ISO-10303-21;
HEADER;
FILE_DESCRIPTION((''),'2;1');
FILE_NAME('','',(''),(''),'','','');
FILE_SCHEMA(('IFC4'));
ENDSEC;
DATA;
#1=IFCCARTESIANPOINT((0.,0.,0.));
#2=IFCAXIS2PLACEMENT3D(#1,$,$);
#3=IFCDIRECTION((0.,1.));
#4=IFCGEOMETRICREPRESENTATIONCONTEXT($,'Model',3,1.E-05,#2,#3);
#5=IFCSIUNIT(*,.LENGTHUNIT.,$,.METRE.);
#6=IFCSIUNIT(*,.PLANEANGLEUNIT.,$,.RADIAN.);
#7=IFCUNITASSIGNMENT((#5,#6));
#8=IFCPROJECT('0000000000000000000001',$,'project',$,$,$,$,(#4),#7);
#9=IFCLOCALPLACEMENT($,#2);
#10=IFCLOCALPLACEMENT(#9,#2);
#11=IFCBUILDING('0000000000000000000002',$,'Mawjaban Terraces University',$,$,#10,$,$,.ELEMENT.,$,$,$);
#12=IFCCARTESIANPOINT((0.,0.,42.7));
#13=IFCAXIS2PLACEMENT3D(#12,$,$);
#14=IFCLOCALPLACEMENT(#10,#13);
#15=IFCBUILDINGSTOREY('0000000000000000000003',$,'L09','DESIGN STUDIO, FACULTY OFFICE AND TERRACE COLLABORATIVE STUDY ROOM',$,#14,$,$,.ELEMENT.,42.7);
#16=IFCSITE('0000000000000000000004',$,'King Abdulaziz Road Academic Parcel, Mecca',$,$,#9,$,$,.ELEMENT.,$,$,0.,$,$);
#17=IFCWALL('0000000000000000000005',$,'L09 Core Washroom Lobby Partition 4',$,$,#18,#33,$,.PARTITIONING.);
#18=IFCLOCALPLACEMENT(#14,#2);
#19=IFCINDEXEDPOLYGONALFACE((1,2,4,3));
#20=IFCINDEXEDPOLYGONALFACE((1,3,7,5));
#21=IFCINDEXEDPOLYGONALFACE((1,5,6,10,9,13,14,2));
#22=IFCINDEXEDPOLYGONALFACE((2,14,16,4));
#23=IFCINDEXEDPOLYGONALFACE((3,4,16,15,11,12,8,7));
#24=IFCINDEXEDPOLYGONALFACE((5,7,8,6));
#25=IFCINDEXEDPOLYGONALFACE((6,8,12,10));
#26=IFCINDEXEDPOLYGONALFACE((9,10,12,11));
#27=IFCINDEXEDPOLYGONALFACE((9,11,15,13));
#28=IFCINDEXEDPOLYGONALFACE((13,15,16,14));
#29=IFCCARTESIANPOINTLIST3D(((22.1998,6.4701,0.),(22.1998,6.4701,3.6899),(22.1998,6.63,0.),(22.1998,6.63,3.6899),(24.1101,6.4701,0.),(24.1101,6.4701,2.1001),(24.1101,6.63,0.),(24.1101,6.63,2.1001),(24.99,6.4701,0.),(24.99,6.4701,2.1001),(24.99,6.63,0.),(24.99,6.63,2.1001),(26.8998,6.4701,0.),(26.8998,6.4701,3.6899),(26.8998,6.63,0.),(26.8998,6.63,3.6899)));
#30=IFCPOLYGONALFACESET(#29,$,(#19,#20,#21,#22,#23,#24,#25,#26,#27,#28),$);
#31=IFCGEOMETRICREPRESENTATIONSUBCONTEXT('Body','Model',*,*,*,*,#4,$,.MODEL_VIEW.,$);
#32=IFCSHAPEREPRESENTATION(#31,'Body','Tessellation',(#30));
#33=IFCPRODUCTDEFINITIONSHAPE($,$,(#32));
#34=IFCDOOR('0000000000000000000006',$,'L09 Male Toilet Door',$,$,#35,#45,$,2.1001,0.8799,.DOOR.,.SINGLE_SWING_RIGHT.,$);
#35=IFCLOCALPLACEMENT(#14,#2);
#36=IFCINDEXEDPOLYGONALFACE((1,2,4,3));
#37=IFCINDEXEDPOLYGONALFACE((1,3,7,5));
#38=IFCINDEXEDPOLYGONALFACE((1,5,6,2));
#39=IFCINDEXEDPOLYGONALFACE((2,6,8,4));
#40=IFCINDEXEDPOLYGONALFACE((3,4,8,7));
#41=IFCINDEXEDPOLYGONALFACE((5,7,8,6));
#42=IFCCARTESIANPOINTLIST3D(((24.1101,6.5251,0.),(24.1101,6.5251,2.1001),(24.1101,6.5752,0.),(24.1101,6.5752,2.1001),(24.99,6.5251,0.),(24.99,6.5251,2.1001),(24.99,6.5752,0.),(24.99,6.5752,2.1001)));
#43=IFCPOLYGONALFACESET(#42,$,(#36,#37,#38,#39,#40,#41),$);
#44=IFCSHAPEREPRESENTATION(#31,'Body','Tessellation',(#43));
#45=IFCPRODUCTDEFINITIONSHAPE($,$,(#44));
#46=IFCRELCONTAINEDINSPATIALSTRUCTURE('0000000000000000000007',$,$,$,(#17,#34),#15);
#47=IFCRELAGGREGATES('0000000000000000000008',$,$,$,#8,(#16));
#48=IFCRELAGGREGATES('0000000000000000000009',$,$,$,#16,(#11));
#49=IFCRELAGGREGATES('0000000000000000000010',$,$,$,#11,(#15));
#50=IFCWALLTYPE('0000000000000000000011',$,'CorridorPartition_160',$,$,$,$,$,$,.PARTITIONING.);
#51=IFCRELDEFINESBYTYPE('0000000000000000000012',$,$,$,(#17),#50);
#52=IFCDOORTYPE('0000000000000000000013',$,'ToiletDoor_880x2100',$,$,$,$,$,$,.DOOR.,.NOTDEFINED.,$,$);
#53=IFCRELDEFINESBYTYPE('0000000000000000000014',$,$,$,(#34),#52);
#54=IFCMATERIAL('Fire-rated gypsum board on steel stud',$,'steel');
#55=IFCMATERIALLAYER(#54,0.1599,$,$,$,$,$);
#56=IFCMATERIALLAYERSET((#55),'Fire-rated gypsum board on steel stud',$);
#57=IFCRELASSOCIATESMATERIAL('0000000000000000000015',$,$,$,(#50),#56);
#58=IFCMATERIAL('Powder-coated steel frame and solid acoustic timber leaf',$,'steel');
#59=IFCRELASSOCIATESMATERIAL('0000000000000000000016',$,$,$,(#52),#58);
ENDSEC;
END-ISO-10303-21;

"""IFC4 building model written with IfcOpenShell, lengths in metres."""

from ifc_helpers import new_model, si_unit, direction, frame, frame_2d, origin, place, context, subcontext, project, spatial, rectangle, extrude, material, layer, layer_set, type_object, element, fill, save


model = new_model("IFC4")

# Units and contexts
model_context = context("Model", 3, precision=1e-05, world=origin(), true_north=direction((0.0, 1.0)))
body_context = subcontext(model_context, "Body", "Model", "MODEL_VIEW")
ifc_project = project(units=[si_unit("LENGTHUNIT", "METRE"), si_unit("PLANEANGLEUNIT", "RADIAN")], contexts=[model_context])

# Site, building, storey
site_placement = place(None, origin())
site = spatial("IfcSite", under=ifc_project, at=site_placement, Name="King Abdulaziz Road Academic Parcel, Mecca", CompositionType="ELEMENT", RefElevation=0.0)
building_placement = place(site_placement, origin())
building = spatial("IfcBuilding", under=site, at=building_placement, Name="Mawjaban Terraces University", CompositionType="ELEMENT")
storey_placement = place(building_placement, frame((0.0, 0.0, 42.7)))
storey = spatial("IfcBuildingStorey", under=building, at=storey_placement, Name="L09", Description="DESIGN STUDIO, FACULTY OFFICE AND TERRACE COLLABORATIVE STUDY ROOM", CompositionType="ELEMENT", Elevation=42.7)

# Wall, opening, door
ifc_material_1 = material(Name="Fire-rated gypsum board on steel stud", Category="steel")
ifc_layer_1 = layer(ifc_material_1, 0.1599)
ifc_layer_set_1 = layer_set([ifc_layer_1], Name="Fire-rated gypsum board on steel stud")
wall_type_1 = type_object("IfcWallType", Name="CorridorPartition_160", PredefinedType="PARTITIONING", material=ifc_layer_set_1)
wall_1_placement = place(storey_placement, frame((26.8999, 6.55, 0.0), z_axis=(0.0, 0.0, 1.0), x_axis=(-1.0, 0.0, 0.0)))
wall_1 = element("IfcWall", 1, at=wall_1_placement, inside=storey, type_object=wall_type_1, Name="L09 Core Washroom Lobby Partition 4", PredefinedType="PARTITIONING", context=body_context, shape_type="SweptSolid", body=[
    extrude(rectangle(XDim=4.7, YDim=0.1599, at=frame_2d((2.3501, 0.0))), origin(), (0.0, 0.0, 1.0), 3.6899),
])
opening_1_placement = place(wall_1_placement, frame((1.9099, 0.0, 0.0)))
opening_1 = element("IfcOpeningElement", 2, at=opening_1_placement, cuts=wall_1, PredefinedType="OPENING", context=body_context, shape_type="SweptSolid", body=[
    extrude(rectangle(XDim=0.8799, YDim=2.1001, at=frame_2d((0.4399, 1.05))), frame((0.0, 0.0898, 0.0), z_axis=(0.0, -1.0, 0.0), x_axis=(1.0, 0.0, 0.0)), (0.0, 0.0, 1.0), 0.1799),
])
ifc_material_2 = material(Name="Powder-coated steel frame and solid acoustic timber leaf", Category="steel")
door_type = type_object("IfcDoorType", Name="ToiletDoor_880x2100", OperationType="NOTDEFINED", PredefinedType="DOOR", material=ifc_material_2)
door_placement = place(opening_1_placement, origin())
door = element("IfcDoor", 3, at=door_placement, inside=storey, type_object=door_type, Name="L09 Male Toilet Door", OperationType="SINGLE_SWING_RIGHT", OverallHeight=2.1001, OverallWidth=0.8799, PredefinedType="DOOR", context=body_context, shape_type="SweptSolid", body=[
    extrude(rectangle(XDim=0.8799, YDim=2.1001, at=frame_2d((0.4399, 1.05))), frame((0.0, 0.0249, 0.0), z_axis=(0.0, -1.0, 0.0), x_axis=(1.0, 0.0, 0.0)), (0.0, 0.0, 1.0), 0.05),
])
fill(opening_1, door)

save(model, "model.ifc")
